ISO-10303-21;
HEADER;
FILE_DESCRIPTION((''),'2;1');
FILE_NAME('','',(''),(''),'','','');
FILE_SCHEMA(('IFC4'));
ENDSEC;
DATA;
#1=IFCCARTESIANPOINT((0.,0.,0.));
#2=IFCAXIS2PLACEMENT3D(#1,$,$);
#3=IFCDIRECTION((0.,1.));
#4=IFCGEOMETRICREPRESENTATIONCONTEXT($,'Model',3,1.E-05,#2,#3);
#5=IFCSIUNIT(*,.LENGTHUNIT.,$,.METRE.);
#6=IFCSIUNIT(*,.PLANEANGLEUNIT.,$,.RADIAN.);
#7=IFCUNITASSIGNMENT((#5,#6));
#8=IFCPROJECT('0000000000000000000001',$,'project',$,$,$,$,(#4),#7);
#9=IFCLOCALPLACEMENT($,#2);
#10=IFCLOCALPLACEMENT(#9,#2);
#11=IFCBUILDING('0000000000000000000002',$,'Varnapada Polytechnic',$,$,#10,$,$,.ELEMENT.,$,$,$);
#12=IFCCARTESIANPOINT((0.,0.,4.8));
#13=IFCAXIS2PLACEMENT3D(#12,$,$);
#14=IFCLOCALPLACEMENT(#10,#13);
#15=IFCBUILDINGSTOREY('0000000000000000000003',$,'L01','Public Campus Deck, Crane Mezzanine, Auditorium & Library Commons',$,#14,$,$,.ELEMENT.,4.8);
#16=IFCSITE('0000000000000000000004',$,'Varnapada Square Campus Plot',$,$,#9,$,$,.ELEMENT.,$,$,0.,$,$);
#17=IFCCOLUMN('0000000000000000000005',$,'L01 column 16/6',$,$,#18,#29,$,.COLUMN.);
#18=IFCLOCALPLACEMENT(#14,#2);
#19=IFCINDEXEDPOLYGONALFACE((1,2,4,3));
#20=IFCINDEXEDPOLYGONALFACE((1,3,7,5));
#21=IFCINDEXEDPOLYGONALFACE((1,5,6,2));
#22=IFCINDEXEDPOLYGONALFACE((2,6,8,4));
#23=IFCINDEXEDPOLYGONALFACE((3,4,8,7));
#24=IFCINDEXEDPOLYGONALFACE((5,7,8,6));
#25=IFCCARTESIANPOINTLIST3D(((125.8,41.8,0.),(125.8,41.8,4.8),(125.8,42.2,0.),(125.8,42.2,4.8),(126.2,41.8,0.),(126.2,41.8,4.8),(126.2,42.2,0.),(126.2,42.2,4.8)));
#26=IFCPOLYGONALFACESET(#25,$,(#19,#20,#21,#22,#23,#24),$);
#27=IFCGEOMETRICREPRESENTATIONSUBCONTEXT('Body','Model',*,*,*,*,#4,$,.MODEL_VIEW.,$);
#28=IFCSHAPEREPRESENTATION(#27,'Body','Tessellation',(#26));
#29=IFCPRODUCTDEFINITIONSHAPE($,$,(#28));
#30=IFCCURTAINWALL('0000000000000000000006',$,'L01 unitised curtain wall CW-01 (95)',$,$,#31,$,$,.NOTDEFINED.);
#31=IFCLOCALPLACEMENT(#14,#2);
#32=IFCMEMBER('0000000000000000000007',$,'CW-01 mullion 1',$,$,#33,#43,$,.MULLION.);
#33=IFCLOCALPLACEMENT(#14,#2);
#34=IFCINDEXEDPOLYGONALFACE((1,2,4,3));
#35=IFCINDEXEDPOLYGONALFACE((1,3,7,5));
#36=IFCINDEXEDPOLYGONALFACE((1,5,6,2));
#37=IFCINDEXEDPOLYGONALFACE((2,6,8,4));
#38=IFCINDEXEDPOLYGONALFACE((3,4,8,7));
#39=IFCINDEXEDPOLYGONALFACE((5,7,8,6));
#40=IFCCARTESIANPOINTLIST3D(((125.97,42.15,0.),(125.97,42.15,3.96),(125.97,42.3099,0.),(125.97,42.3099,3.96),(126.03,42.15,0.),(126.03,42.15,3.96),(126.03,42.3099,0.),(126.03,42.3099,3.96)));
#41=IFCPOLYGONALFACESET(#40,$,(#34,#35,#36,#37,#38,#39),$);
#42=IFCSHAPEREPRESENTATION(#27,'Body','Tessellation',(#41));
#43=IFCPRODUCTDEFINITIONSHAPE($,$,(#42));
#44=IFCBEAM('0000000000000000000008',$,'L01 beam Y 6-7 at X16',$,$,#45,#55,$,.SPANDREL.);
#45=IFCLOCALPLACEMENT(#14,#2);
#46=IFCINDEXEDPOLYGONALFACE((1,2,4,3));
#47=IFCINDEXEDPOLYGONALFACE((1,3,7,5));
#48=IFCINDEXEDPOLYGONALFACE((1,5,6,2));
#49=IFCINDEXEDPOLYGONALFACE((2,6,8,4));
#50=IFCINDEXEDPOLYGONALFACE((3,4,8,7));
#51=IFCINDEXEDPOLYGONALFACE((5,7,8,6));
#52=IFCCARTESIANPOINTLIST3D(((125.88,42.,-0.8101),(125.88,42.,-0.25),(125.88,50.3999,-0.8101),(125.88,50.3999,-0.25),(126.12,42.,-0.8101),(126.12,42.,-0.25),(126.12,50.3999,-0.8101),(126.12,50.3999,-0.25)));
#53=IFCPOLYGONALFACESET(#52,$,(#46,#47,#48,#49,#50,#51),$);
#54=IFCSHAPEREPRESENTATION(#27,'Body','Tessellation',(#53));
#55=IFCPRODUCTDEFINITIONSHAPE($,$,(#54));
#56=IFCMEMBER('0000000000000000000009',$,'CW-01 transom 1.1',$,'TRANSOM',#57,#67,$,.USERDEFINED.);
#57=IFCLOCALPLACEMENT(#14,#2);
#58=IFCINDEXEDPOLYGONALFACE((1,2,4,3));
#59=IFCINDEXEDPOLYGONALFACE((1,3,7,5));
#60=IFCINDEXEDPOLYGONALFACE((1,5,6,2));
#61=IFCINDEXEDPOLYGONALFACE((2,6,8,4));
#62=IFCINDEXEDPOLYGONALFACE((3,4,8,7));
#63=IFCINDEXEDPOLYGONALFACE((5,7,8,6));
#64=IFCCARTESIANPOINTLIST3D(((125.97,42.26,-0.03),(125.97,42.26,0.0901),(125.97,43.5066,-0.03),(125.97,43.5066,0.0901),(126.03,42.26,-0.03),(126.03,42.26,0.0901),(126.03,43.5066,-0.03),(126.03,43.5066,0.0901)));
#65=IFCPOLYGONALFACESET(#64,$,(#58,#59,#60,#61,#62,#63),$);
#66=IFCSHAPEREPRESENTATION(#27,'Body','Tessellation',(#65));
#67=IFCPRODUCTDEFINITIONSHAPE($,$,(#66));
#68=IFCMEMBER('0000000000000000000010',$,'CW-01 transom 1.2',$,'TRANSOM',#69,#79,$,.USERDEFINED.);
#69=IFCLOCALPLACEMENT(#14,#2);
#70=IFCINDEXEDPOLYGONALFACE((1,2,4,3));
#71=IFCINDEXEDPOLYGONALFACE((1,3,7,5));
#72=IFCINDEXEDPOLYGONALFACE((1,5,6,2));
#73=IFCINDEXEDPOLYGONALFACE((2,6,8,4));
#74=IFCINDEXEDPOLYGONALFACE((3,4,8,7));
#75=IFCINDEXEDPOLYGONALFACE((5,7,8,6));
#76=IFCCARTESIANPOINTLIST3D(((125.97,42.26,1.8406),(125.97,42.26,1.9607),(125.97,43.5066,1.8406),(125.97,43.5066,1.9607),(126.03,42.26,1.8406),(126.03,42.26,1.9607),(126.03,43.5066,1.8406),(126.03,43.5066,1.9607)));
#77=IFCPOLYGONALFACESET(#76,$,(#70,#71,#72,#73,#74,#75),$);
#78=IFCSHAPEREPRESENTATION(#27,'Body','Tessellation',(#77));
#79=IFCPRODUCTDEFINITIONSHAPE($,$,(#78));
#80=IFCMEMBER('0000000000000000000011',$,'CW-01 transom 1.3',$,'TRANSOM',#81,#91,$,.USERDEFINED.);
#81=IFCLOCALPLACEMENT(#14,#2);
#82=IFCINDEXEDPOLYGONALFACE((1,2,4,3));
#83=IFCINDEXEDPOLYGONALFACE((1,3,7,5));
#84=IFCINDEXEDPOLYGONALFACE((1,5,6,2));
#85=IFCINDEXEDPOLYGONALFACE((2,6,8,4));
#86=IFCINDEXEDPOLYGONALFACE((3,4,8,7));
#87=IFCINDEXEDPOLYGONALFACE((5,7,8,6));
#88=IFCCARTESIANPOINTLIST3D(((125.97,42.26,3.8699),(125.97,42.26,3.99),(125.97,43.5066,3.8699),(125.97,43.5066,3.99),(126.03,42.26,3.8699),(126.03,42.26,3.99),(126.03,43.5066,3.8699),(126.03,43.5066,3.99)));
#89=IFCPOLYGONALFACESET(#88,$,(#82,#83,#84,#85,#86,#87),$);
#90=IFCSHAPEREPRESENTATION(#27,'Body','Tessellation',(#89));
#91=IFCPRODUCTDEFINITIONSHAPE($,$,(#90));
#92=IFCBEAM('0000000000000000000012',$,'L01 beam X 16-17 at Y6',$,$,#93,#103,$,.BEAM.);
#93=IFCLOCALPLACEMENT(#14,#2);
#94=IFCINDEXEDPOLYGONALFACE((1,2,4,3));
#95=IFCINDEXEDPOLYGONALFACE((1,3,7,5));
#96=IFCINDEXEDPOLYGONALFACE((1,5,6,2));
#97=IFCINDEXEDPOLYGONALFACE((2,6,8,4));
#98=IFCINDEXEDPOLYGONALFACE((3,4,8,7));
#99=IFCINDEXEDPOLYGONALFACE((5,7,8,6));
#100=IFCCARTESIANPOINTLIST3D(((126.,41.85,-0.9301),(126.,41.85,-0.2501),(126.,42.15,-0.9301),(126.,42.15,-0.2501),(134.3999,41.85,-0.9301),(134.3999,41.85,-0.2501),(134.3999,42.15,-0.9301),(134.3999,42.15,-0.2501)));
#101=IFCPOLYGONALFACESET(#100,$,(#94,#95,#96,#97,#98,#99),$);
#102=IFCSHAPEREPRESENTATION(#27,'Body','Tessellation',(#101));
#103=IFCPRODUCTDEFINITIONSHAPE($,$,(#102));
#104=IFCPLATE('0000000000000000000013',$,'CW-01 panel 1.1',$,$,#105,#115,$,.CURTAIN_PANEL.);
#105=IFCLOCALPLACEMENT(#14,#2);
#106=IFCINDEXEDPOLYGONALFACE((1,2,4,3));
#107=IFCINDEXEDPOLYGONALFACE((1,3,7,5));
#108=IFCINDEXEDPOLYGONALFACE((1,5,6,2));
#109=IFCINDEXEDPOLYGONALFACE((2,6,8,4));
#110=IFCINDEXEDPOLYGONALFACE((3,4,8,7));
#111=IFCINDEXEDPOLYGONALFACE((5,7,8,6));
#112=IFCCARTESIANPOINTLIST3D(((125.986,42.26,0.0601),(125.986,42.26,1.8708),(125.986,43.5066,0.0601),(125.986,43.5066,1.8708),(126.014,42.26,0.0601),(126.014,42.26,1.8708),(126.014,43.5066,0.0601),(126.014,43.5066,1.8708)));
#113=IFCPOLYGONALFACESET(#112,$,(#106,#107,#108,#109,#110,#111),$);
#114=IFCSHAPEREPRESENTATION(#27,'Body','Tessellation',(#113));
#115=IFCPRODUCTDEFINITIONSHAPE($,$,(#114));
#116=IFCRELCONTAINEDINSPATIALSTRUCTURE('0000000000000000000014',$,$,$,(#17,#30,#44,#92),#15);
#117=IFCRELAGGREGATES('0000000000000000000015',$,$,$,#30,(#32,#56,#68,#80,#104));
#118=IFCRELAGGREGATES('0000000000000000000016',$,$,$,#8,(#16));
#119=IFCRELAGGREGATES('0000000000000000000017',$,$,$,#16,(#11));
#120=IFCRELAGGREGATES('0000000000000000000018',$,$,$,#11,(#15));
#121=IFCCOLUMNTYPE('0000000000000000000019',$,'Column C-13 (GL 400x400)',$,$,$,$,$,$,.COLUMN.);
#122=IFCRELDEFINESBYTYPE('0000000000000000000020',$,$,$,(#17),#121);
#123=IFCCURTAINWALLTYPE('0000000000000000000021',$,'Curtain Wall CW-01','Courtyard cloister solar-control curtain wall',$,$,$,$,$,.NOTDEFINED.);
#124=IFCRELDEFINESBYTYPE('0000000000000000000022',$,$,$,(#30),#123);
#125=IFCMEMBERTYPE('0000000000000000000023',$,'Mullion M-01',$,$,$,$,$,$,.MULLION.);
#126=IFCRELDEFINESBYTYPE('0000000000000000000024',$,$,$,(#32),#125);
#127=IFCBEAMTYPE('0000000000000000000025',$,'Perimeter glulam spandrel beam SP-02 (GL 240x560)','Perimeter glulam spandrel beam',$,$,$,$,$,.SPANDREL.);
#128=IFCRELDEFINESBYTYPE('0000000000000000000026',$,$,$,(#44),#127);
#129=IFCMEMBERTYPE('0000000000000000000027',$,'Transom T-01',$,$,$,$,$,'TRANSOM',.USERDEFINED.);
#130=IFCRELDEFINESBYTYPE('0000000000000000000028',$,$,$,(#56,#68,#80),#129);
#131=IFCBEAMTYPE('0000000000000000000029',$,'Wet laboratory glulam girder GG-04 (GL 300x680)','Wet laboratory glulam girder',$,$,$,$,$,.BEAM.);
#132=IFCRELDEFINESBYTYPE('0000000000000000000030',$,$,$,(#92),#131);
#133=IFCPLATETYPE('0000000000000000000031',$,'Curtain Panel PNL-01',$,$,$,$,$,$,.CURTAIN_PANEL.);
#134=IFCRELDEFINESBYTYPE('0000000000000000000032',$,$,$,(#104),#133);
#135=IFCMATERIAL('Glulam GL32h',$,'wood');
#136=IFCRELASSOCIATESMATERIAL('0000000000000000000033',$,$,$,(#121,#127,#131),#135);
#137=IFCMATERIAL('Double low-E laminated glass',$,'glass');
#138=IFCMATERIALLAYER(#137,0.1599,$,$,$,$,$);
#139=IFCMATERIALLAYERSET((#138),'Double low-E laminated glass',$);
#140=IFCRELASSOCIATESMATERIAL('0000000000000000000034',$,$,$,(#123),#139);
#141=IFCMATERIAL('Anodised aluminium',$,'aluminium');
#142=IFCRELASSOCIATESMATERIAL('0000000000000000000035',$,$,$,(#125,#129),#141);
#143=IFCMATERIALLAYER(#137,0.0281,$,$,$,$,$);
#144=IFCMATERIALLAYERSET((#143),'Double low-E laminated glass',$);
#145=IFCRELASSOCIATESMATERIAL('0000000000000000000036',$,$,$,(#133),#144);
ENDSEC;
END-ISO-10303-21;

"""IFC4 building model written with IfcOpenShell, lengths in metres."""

from ifc_helpers import new_model, si_unit, direction, frame, origin, origin_2d, place, context, subcontext, project, spatial, rectangle, extrude, material, layer, layer_set, material_profile, profile_set, type_object, element, aggregate, save


model = new_model("IFC4")

# Units and contexts
model_context = context("Model", 3, precision=1e-05, world=origin(), true_north=direction((0.0, 1.0)))
body_context = subcontext(model_context, "Body", "Model", "MODEL_VIEW")
ifc_project = project(units=[si_unit("LENGTHUNIT", "METRE"), si_unit("PLANEANGLEUNIT", "RADIAN")], contexts=[model_context])

# Site, building, storey
site_placement = place(None, origin())
site = spatial("IfcSite", under=ifc_project, at=site_placement, Name="Varnapada Square Campus Plot", CompositionType="ELEMENT", RefElevation=0.0)
building_placement = place(site_placement, origin())
building = spatial("IfcBuilding", under=site, at=building_placement, Name="Varnapada Polytechnic", CompositionType="ELEMENT")
storey_placement = place(building_placement, frame((0.0, 0.0, 4.8)))
storey = spatial("IfcBuildingStorey", under=building, at=storey_placement, Name="L01", Description="Public Campus Deck, Crane Mezzanine, Auditorium & Library Commons", CompositionType="ELEMENT", Elevation=4.8)

# Column
ifc_material_1 = material(Name="Glulam GL32h", Category="wood")
ifc_material_profile_1 = material_profile(ifc_material_1, rectangle(XDim=0.3999, YDim=0.3999, at=origin_2d()), Name="GL 400x400")
ifc_profile_set_1 = profile_set([ifc_material_profile_1], Name="Glulam GL32h")
column_type = type_object("IfcColumnType", Name="Column C-13 (GL 400x400)", PredefinedType="COLUMN", material=ifc_profile_set_1)
column_placement = place(storey_placement, frame((126.0, 42.0, 0.0), z_axis=(0.0, 0.0, 1.0), x_axis=(1.0, 0.0, 0.0)))
element("IfcColumn", 1, at=column_placement, inside=storey, type_object=column_type, Name="L01 column 16/6", PredefinedType="COLUMN", context=body_context, shape_type="SweptSolid", body=[
    extrude(rectangle(XDim=0.3999, YDim=0.3999, at=origin_2d()), origin(), (0.0, 0.0, 1.0), 4.8),
])

# Curtain wall, member
ifc_material_2 = material(Name="Double low-E laminated glass", Category="glass")
ifc_layer_1 = layer(ifc_material_2, 0.1599)
ifc_layer_set_1 = layer_set([ifc_layer_1], Name="Double low-E laminated glass")
curtain_wall_type = type_object("IfcCurtainWallType", Name="Curtain Wall CW-01", Description="Courtyard cloister solar-control curtain wall", PredefinedType="NOTDEFINED", material=ifc_layer_set_1)
curtain_wall_placement = place(storey_placement, origin())
curtain_wall = element("IfcCurtainWall", 2, at=curtain_wall_placement, inside=storey, type_object=curtain_wall_type, Name="L01 unitised curtain wall CW-01 (95)", PredefinedType="NOTDEFINED")
ifc_material_3 = material(Name="Anodised aluminium", Category="aluminium")
ifc_material_profile_2 = material_profile(ifc_material_3, rectangle(XDim=0.0601, YDim=0.1599, at=origin_2d()), Name="ALU M60x160")
ifc_profile_set_2 = profile_set([ifc_material_profile_2], Name="Anodised aluminium")
member_type_1 = type_object("IfcMemberType", Name="Mullion M-01", PredefinedType="MULLION", material=ifc_profile_set_2)
member_1_placement = place(storey_placement, frame((126.0, 42.23, 0.0), z_axis=(0.0, 0.0, 1.0), x_axis=(-1.0, 0.0, 0.0)))
member_1 = element("IfcMember", 3, at=member_1_placement, type_object=member_type_1, Name="CW-01 mullion 1", PredefinedType="MULLION", context=body_context, shape_type="SweptSolid", body=[
    extrude(rectangle(XDim=0.0601, YDim=0.1599, at=origin_2d()), origin(), (0.0, 0.0, 1.0), 3.96),
])

# Beam
ifc_material_profile_3 = material_profile(ifc_material_1, rectangle(XDim=0.24, YDim=0.5601, at=origin_2d()), Name="GL 240x560")
ifc_profile_set_3 = profile_set([ifc_material_profile_3], Name="Glulam GL32h")
beam_type_1 = type_object("IfcBeamType", Name="Perimeter glulam spandrel beam SP-02 (GL 240x560)", Description="Perimeter glulam spandrel beam", PredefinedType="SPANDREL", material=ifc_profile_set_3)
beam_1_placement = place(storey_placement, frame((126.0, 42.0, -0.53), z_axis=(0.0, 1.0, 0.0), x_axis=(-1.0, 0.0, 0.0)))
element("IfcBeam", 4, at=beam_1_placement, inside=storey, type_object=beam_type_1, Name="L01 beam Y 6-7 at X16", PredefinedType="SPANDREL", context=body_context, shape_type="SweptSolid", body=[
    extrude(rectangle(XDim=0.24, YDim=0.5601, at=origin_2d()), origin(), (0.0, 0.0, 1.0), 8.3999),
])

# Members
ifc_material_profile_4 = material_profile(ifc_material_3, rectangle(XDim=0.0601, YDim=0.1201, at=origin_2d()), Name="ALU T60x120")
ifc_profile_set_4 = profile_set([ifc_material_profile_4], Name="Anodised aluminium")
member_type_2 = type_object("IfcMemberType", Name="Transom T-01", ElementType="TRANSOM", PredefinedType="USERDEFINED", material=ifc_profile_set_4)
member_2_placement = place(storey_placement, frame((126.0, 42.26, 0.03), z_axis=(0.0, 1.0, 0.0), x_axis=(-1.0, 0.0, 0.0)))
member_2 = element("IfcMember", 5, at=member_2_placement, type_object=member_type_2, Name="CW-01 transom 1.1", ObjectType="TRANSOM", PredefinedType="USERDEFINED", context=body_context, shape_type="SweptSolid", body=[
    extrude(rectangle(XDim=0.0601, YDim=0.1201, at=origin_2d()), origin(), (0.0, 0.0, 1.0), 1.2466),
])
member_3_placement = place(storey_placement, frame((126.0, 42.26, 1.9006), z_axis=(0.0, 1.0, 0.0), x_axis=(-1.0, 0.0, 0.0)))
member_3 = element("IfcMember", 6, at=member_3_placement, type_object=member_type_2, Name="CW-01 transom 1.2", ObjectType="TRANSOM", PredefinedType="USERDEFINED", context=body_context, shape_type="SweptSolid", body=[
    extrude(rectangle(XDim=0.0601, YDim=0.1201, at=origin_2d()), origin(), (0.0, 0.0, 1.0), 1.2466),
])
member_4_placement = place(storey_placement, frame((126.0, 42.26, 3.9299), z_axis=(0.0, 1.0, 0.0), x_axis=(-1.0, 0.0, 0.0)))
member_4 = element("IfcMember", 7, at=member_4_placement, type_object=member_type_2, Name="CW-01 transom 1.3", ObjectType="TRANSOM", PredefinedType="USERDEFINED", context=body_context, shape_type="SweptSolid", body=[
    extrude(rectangle(XDim=0.0601, YDim=0.1201, at=origin_2d()), origin(), (0.0, 0.0, 1.0), 1.2466),
])

# Beam
ifc_material_profile_5 = material_profile(ifc_material_1, rectangle(XDim=0.3, YDim=0.6799, at=origin_2d()), Name="GL 300x680")
ifc_profile_set_5 = profile_set([ifc_material_profile_5], Name="Glulam GL32h")
beam_type_2 = type_object("IfcBeamType", Name="Wet laboratory glulam girder GG-04 (GL 300x680)", Description="Wet laboratory glulam girder", PredefinedType="BEAM", material=ifc_profile_set_5)
beam_2_placement = place(storey_placement, frame((126.0, 42.0, -0.5901), z_axis=(1.0, 0.0, 0.0), x_axis=(0.0, 1.0, 0.0)))
element("IfcBeam", 8, at=beam_2_placement, inside=storey, type_object=beam_type_2, Name="L01 beam X 16-17 at Y6", PredefinedType="BEAM", context=body_context, shape_type="SweptSolid", body=[
    extrude(rectangle(XDim=0.3, YDim=0.6799, at=origin_2d()), origin(), (0.0, 0.0, 1.0), 8.3999),
])

# Plate
ifc_layer_2 = layer(ifc_material_2, 0.0281)
ifc_layer_set_2 = layer_set([ifc_layer_2], Name="Double low-E laminated glass")
plate_type = type_object("IfcPlateType", Name="Curtain Panel PNL-01", PredefinedType="CURTAIN_PANEL", material=ifc_layer_set_2)
plate_placement = place(storey_placement, frame((126.0, 42.8833, 0.0601), z_axis=(0.0, 0.0, 1.0), x_axis=(0.0, 1.0, 0.0)))
plate = element("IfcPlate", 9, at=plate_placement, type_object=plate_type, Name="CW-01 panel 1.1", PredefinedType="CURTAIN_PANEL", context=body_context, shape_type="SweptSolid", body=[
    extrude(rectangle(XDim=1.2466, YDim=0.0281, at=origin_2d()), origin(), (0.0, 0.0, 1.0), 1.8108),
])
aggregate(curtain_wall, [member_1, member_2, member_3, member_4, plate])

save(model, "model.ifc")
